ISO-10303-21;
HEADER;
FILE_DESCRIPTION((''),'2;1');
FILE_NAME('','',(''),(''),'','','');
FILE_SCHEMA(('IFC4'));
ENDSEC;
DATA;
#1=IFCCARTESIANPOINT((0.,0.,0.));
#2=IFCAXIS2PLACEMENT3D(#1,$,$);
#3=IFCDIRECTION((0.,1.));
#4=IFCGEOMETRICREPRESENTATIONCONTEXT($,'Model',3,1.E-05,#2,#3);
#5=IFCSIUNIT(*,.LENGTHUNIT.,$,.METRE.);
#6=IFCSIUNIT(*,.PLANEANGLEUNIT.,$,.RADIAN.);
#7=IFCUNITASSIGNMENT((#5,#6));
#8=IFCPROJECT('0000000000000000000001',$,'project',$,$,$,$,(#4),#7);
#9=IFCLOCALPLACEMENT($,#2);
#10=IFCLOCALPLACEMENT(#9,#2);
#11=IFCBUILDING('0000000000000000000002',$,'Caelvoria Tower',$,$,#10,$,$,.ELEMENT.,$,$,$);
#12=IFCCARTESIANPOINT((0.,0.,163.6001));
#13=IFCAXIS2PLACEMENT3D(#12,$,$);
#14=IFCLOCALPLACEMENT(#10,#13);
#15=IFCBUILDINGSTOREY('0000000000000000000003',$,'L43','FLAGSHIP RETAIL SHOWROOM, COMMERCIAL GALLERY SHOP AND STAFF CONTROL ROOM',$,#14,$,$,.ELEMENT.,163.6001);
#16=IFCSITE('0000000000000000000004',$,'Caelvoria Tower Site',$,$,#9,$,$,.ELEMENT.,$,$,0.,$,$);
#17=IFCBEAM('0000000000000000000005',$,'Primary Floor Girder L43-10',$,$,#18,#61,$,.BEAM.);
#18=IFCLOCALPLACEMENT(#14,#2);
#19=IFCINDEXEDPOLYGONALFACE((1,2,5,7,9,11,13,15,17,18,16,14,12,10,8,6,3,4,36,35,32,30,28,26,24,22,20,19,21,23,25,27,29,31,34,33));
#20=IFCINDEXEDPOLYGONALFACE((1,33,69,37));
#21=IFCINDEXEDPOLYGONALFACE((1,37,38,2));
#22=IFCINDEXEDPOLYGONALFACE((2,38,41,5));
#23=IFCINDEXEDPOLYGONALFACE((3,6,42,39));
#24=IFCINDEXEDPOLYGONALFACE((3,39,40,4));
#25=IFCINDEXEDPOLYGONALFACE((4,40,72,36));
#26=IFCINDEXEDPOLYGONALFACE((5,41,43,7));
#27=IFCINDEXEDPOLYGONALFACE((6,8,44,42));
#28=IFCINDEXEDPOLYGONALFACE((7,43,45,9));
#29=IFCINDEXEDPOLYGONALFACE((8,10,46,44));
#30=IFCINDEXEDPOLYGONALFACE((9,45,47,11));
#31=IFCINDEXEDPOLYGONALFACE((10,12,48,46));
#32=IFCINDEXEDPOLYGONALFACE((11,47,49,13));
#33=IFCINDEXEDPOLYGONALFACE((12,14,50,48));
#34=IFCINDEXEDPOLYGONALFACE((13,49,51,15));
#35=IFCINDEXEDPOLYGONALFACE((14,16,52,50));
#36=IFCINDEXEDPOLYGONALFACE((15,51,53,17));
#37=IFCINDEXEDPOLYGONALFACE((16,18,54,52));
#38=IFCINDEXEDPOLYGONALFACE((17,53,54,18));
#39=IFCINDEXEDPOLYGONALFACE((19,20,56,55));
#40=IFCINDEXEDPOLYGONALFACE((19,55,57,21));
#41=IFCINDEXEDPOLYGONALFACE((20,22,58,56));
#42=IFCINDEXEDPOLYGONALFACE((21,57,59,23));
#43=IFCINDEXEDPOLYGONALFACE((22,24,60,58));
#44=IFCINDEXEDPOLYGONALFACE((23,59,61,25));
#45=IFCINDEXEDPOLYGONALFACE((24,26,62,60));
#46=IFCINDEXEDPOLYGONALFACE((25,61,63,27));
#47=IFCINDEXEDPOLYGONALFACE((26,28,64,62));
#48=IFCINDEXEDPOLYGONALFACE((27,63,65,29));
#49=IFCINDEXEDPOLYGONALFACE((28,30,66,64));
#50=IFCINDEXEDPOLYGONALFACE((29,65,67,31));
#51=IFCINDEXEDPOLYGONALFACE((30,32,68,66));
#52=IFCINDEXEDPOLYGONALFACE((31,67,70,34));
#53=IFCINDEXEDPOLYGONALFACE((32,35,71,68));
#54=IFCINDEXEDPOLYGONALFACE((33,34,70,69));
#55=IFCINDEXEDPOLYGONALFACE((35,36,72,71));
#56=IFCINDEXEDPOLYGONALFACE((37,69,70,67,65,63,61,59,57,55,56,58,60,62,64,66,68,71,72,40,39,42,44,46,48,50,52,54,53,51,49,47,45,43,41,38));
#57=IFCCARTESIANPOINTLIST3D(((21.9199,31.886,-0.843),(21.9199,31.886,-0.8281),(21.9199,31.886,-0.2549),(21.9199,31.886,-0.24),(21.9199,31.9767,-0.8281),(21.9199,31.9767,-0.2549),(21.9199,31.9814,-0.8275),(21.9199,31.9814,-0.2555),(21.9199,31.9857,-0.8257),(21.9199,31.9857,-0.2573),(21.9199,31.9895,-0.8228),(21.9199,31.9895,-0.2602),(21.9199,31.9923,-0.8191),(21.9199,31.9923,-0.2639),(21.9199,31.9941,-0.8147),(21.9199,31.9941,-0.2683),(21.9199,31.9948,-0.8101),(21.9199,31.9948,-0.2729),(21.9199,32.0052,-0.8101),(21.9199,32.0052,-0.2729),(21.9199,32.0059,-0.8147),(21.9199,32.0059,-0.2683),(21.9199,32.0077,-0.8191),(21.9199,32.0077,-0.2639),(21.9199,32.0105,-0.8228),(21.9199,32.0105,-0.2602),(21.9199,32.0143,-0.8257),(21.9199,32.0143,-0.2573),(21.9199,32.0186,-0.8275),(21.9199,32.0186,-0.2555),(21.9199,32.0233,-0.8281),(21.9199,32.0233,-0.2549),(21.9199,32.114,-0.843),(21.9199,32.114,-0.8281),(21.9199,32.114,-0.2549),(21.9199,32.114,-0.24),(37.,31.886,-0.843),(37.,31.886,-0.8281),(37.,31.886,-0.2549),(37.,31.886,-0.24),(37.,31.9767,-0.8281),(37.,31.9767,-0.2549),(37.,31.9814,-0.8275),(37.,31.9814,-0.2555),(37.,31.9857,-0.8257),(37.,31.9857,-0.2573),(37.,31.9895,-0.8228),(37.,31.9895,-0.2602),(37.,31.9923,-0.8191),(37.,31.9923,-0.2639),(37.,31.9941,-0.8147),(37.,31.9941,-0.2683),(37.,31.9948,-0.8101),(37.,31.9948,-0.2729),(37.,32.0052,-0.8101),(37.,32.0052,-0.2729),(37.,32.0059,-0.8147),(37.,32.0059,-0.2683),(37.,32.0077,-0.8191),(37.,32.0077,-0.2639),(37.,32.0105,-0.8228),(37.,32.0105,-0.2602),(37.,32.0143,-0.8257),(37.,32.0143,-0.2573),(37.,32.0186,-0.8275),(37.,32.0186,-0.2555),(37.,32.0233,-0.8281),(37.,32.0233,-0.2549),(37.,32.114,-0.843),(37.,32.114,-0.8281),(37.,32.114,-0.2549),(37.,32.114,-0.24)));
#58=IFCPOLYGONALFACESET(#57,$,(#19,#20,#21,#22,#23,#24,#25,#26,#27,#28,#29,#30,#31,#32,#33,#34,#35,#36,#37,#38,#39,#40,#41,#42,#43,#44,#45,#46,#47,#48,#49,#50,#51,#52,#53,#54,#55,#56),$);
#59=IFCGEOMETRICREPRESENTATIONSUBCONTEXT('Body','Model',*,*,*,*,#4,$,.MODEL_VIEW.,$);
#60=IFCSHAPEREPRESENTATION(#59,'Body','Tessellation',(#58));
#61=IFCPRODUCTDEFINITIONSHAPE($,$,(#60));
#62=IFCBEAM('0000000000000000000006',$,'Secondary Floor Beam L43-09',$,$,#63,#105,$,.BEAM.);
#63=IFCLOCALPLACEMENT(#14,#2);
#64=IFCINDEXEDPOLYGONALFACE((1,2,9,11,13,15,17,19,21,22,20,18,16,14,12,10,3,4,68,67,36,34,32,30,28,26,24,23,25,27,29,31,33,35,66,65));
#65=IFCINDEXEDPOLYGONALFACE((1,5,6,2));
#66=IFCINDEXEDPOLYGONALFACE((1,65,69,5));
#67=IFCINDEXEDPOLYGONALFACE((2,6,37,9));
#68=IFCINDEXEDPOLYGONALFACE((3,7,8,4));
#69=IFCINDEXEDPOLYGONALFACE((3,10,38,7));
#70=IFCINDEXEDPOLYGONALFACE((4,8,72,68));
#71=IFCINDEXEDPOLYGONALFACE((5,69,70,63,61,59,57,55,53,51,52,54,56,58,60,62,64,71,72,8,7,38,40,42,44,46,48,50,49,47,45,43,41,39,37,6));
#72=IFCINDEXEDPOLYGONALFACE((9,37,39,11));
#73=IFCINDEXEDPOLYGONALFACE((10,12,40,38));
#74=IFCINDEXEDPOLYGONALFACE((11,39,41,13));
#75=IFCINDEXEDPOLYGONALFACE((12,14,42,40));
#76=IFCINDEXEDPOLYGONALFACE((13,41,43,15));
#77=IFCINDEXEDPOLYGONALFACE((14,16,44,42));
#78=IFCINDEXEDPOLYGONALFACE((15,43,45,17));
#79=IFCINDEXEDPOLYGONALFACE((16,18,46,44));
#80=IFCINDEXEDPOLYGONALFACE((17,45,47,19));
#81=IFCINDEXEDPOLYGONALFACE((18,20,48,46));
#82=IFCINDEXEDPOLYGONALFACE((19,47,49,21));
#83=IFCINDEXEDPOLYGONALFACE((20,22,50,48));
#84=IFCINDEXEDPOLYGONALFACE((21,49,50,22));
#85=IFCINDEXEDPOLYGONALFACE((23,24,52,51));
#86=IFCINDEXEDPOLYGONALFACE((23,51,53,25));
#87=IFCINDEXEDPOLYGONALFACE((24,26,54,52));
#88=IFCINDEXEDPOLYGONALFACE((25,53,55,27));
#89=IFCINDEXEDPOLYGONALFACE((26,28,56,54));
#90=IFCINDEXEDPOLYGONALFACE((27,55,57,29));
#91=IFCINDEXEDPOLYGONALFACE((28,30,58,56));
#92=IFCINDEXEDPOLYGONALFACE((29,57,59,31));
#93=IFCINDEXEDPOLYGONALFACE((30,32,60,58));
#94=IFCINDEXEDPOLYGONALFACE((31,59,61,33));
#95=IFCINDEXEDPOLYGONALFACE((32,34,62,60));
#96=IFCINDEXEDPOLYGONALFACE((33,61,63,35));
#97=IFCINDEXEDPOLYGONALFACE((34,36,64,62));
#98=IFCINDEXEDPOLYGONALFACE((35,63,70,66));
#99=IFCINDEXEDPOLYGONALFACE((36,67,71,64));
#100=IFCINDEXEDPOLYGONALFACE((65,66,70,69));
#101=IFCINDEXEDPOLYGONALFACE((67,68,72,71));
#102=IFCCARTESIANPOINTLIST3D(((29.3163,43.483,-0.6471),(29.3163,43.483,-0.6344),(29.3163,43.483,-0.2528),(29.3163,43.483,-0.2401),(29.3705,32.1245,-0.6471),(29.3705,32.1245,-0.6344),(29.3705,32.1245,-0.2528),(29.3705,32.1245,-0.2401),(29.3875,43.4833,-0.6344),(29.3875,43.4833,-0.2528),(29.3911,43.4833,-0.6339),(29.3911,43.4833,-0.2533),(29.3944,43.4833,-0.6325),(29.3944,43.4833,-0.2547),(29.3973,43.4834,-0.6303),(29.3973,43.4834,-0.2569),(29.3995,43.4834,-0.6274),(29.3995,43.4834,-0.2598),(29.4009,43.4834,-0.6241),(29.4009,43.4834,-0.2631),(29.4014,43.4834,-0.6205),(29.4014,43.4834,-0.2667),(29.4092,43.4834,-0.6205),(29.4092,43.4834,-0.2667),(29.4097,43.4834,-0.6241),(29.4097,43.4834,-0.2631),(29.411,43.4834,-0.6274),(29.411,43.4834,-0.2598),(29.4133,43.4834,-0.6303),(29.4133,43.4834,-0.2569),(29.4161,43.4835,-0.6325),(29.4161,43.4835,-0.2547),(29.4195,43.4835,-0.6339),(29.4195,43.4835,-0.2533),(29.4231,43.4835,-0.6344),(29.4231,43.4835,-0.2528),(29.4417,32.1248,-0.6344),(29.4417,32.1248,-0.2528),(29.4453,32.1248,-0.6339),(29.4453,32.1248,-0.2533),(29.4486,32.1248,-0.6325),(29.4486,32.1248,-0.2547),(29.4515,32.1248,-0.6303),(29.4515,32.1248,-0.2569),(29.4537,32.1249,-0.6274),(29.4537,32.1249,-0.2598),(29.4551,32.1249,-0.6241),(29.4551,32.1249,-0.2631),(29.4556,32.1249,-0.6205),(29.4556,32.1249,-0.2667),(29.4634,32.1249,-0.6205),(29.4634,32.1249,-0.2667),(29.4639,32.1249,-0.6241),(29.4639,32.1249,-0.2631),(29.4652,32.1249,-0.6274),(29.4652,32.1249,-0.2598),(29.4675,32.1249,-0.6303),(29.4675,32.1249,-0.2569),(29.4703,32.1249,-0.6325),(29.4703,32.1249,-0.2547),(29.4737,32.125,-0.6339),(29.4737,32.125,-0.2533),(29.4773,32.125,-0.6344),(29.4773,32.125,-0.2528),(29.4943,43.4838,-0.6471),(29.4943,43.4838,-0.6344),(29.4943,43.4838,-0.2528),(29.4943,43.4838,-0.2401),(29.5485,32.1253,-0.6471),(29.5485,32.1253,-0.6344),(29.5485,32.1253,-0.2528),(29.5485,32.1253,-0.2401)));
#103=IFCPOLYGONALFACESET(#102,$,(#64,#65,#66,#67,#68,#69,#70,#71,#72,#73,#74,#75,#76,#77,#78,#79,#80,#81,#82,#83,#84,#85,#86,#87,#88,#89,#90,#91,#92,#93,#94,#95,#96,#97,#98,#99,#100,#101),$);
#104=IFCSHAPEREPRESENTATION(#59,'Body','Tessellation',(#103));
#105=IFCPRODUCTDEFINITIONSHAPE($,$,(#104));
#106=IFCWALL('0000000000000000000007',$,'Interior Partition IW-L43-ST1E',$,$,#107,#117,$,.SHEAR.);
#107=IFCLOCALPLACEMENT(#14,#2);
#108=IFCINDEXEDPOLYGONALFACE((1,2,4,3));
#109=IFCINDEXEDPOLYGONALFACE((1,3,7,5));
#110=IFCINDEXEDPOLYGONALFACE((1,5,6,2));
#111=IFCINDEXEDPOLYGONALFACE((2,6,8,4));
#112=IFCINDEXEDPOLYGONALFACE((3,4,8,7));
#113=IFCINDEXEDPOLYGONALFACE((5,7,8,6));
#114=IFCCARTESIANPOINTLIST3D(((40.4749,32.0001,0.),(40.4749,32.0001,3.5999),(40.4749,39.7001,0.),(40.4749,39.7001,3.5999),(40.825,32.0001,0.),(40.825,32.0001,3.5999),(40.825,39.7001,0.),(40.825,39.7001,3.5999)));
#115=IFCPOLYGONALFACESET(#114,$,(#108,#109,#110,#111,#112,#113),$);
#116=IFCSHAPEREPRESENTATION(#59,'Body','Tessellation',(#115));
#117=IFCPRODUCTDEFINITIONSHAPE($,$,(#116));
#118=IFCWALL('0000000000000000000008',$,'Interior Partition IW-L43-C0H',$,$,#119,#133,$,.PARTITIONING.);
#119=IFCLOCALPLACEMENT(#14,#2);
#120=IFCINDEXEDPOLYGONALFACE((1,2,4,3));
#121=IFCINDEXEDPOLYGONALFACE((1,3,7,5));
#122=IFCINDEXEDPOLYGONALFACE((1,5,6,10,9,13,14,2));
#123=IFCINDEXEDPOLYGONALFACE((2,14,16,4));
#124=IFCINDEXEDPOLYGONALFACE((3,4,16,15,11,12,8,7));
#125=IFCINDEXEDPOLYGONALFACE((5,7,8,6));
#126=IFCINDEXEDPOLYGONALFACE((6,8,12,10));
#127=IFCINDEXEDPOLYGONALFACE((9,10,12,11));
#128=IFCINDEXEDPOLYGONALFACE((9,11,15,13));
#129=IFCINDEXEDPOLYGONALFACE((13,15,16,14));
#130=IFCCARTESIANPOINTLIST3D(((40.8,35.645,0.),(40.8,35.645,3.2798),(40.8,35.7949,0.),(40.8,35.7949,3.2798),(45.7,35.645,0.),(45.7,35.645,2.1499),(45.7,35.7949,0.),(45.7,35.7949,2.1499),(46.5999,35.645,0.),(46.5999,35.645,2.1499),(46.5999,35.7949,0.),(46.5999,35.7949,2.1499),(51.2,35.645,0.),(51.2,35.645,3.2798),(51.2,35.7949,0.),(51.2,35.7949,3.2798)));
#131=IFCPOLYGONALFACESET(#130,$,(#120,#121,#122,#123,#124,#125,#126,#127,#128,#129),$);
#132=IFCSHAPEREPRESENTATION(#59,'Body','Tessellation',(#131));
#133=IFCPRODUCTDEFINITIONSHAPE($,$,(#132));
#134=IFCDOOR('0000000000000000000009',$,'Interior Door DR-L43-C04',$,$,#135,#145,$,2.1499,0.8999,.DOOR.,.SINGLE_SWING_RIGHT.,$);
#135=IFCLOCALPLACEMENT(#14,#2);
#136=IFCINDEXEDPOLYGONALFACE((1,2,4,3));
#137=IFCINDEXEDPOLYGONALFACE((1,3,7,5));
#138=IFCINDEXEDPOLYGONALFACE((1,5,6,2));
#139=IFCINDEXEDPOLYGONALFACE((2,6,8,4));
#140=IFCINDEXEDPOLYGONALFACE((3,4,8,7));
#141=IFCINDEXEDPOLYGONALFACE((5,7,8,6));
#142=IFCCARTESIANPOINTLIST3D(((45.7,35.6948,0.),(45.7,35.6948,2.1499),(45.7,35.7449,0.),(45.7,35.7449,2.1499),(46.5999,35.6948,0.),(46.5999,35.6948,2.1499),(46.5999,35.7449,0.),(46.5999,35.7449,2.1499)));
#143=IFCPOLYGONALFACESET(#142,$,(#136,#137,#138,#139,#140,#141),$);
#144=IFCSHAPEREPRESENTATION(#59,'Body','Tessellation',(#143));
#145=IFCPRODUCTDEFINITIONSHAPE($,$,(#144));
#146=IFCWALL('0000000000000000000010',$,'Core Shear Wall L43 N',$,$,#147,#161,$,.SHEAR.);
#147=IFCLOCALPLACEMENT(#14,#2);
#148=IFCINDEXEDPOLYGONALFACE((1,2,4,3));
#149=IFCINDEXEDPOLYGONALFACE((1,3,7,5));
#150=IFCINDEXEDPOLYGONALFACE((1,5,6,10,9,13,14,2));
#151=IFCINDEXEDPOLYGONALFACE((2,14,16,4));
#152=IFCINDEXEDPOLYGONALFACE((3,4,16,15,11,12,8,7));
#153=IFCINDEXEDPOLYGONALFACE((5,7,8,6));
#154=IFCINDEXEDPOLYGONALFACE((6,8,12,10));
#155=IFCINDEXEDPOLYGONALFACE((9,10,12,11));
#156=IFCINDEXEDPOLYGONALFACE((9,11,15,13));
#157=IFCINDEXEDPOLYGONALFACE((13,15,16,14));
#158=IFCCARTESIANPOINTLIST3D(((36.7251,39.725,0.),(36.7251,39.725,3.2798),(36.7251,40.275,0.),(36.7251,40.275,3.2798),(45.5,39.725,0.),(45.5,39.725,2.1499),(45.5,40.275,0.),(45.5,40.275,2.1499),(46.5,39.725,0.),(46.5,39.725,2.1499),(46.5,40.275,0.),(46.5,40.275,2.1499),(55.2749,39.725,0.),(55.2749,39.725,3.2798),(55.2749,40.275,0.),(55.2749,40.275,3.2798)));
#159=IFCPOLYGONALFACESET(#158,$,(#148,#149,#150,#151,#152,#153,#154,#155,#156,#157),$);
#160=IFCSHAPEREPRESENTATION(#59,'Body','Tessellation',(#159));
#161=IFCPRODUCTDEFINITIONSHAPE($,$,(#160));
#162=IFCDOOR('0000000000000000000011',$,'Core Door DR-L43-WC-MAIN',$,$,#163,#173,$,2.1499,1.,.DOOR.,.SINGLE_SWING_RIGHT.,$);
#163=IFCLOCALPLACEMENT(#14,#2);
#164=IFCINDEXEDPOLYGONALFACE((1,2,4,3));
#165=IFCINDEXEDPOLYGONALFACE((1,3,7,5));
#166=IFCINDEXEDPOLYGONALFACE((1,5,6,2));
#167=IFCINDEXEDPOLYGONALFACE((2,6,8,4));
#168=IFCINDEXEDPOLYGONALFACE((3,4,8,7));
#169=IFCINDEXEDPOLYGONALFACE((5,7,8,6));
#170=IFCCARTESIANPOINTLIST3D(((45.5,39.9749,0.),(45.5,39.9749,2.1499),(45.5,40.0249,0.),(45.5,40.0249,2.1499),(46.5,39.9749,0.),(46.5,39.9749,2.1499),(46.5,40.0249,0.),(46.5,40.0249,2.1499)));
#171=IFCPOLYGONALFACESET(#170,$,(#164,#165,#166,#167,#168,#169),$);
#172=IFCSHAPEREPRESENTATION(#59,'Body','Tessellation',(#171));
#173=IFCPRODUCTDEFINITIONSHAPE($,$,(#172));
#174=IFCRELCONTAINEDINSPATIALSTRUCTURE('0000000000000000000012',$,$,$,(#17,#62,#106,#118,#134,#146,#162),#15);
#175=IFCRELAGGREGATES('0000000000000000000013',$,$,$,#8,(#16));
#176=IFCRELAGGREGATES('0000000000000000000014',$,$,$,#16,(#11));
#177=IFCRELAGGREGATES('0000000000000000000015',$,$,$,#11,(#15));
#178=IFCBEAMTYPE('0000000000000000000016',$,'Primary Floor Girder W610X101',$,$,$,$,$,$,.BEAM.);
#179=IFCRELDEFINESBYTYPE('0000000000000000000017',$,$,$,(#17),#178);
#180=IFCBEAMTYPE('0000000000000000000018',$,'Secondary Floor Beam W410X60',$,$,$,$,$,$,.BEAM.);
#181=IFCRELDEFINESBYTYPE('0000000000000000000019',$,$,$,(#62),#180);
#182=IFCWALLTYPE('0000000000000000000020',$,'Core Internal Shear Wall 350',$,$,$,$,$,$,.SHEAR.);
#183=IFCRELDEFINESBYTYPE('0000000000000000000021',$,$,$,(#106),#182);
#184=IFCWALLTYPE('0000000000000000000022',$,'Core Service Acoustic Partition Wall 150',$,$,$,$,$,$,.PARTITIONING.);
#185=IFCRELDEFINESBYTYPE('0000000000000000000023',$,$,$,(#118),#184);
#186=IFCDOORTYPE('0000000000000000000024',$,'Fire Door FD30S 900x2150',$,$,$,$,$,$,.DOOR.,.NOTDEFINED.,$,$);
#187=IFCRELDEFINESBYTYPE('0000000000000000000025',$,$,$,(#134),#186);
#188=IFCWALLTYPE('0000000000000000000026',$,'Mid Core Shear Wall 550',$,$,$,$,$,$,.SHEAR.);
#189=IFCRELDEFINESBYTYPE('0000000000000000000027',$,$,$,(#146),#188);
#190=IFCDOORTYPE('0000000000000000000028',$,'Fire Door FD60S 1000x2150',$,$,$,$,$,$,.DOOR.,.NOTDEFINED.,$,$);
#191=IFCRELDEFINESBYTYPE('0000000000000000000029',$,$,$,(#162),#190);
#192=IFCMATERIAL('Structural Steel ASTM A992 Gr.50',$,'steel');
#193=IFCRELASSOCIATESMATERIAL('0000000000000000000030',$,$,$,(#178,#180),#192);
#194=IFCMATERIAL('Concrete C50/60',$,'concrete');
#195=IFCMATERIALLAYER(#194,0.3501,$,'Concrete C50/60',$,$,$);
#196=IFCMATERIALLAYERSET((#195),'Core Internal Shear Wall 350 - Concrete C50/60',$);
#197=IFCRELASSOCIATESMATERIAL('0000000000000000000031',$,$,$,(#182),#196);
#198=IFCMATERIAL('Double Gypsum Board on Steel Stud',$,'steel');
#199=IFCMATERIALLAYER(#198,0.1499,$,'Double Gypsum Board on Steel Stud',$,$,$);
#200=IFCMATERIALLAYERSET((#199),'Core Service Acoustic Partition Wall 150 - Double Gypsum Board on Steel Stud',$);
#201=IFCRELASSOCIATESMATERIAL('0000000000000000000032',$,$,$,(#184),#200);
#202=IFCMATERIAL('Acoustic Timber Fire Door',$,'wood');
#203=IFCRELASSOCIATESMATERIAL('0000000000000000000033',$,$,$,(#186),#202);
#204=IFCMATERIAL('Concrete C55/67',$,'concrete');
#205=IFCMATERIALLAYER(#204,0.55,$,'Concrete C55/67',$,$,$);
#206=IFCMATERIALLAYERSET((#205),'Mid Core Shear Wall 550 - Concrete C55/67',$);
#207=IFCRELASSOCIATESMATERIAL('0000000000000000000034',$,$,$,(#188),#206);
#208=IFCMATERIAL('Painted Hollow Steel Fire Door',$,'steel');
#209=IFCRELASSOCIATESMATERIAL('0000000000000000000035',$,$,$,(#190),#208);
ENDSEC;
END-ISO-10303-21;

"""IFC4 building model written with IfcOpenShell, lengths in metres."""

from ifc_helpers import new_model, si_unit, direction, frame, frame_2d, origin, origin_2d, place, context, subcontext, project, spatial, rectangle, i_section, extrude, material, layer, layer_set, material_profile, profile_set, type_object, element, fill, save


model = new_model("IFC4")

# Units and contexts
model_context = context("Model", 3, precision=1e-05, world=origin(), true_north=direction((0.0, 1.0)))
body_context = subcontext(model_context, "Body", "Model", "MODEL_VIEW")
ifc_project = project(units=[si_unit("LENGTHUNIT", "METRE"), si_unit("PLANEANGLEUNIT", "RADIAN")], contexts=[model_context])

# Site, building, storey
site_placement = place(None, origin())
site = spatial("IfcSite", under=ifc_project, at=site_placement, Name="Caelvoria Tower Site", CompositionType="ELEMENT", RefElevation=0.0)
building_placement = place(site_placement, origin())
building = spatial("IfcBuilding", under=site, at=building_placement, Name="Caelvoria Tower", CompositionType="ELEMENT")
storey_placement = place(building_placement, frame((0.0, 0.0, 163.6001)))
storey = spatial("IfcBuildingStorey", under=building, at=storey_placement, Name="L43", Description="FLAGSHIP RETAIL SHOWROOM, COMMERCIAL GALLERY SHOP AND STAFF CONTROL ROOM", CompositionType="ELEMENT", Elevation=163.6001)

# Beams
ifc_material_1 = material(Name="Structural Steel ASTM A992 Gr.50", Category="steel")
ifc_material_profile_1 = material_profile(ifc_material_1, i_section(OverallWidth=0.228, OverallDepth=0.603, WebThickness=0.0105, FlangeThickness=0.0149, FilletRadius=0.0181, at=origin_2d()), Name="Structural Steel ASTM A992 Gr.50")
ifc_profile_set_1 = profile_set([ifc_material_profile_1], Name="W610X101 - Structural Steel ASTM A992 Gr.50")
beam_type_1 = type_object("IfcBeamType", Name="Primary Floor Girder W610X101", PredefinedType="BEAM", material=ifc_profile_set_1)
beam_1_placement = place(storey_placement, frame((37.0, 32.0, -0.5415), z_axis=(-1.0, 0.0, 0.0), x_axis=(0.0, -1.0, 0.0)))
element("IfcBeam", 1, at=beam_1_placement, inside=storey, type_object=beam_type_1, Name="Primary Floor Girder L43-10", PredefinedType="BEAM", context=body_context, shape_type="SweptSolid", body=[
    extrude(i_section(OverallWidth=0.228, OverallDepth=0.603, WebThickness=0.0105, FlangeThickness=0.0149, FilletRadius=0.0181, at=origin_2d()), origin(), (0.0, 0.0, 1.0), 15.0801),
])
ifc_material_profile_2 = material_profile(ifc_material_1, i_section(OverallWidth=0.178, OverallDepth=0.407, WebThickness=0.0078, FlangeThickness=0.0127, FilletRadius=0.0139, at=origin_2d()), Name="Structural Steel ASTM A992 Gr.50")
ifc_profile_set_2 = profile_set([ifc_material_profile_2], Name="W410X60 - Structural Steel ASTM A992 Gr.50")
beam_type_2 = type_object("IfcBeamType", Name="Secondary Floor Beam W410X60", PredefinedType="BEAM", material=ifc_profile_set_2)
beam_2_placement = place(storey_placement, frame((29.4053, 43.4834, -0.4436), z_axis=(0.004772, -0.999989, 0.0), x_axis=(0.999989, 0.004772, 0.0)))
element("IfcBeam", 2, at=beam_2_placement, inside=storey, type_object=beam_type_2, Name="Secondary Floor Beam L43-09", PredefinedType="BEAM", context=body_context, shape_type="SweptSolid", body=[
    extrude(i_section(OverallWidth=0.178, OverallDepth=0.407, WebThickness=0.0078, FlangeThickness=0.0127, FilletRadius=0.0139, at=origin_2d()), origin(), (0.0, 0.0, 1.0), 11.3586),
])

# Wall
ifc_material_2 = material(Name="Concrete C50/60", Category="concrete")
ifc_layer_1 = layer(ifc_material_2, 0.3501, Name="Concrete C50/60")
ifc_layer_set_1 = layer_set([ifc_layer_1], Name="Core Internal Shear Wall 350 - Concrete C50/60")
wall_type_1 = type_object("IfcWallType", Name="Core Internal Shear Wall 350", PredefinedType="SHEAR", material=ifc_layer_set_1)
wall_1_placement = place(storey_placement, frame((40.6499, 32.0, 0.0), z_axis=(0.0, 0.0, 1.0), x_axis=(0.0, 1.0, 0.0)))
element("IfcWall", 3, at=wall_1_placement, inside=storey, type_object=wall_type_1, Name="Interior Partition IW-L43-ST1E", PredefinedType="SHEAR", context=body_context, shape_type="SweptSolid", body=[
    extrude(rectangle(XDim=7.7, YDim=0.3501, at=frame_2d((3.8501, 0.0))), origin(), (0.0, 0.0, 1.0), 3.5999),
])

# Walls, openings, doors
ifc_material_3 = material(Name="Double Gypsum Board on Steel Stud", Category="steel")
ifc_layer_2 = layer(ifc_material_3, 0.1499, Name="Double Gypsum Board on Steel Stud")
ifc_layer_set_2 = layer_set([ifc_layer_2], Name="Core Service Acoustic Partition Wall 150 - Double Gypsum Board on Steel Stud")
wall_type_2 = type_object("IfcWallType", Name="Core Service Acoustic Partition Wall 150", PredefinedType="PARTITIONING", material=ifc_layer_set_2)
wall_2_placement = place(storey_placement, frame((40.8, 35.72, 0.0), z_axis=(0.0, 0.0, 1.0), x_axis=(1.0, 0.0, 0.0)))
wall_2 = element("IfcWall", 4, at=wall_2_placement, inside=storey, type_object=wall_type_2, Name="Interior Partition IW-L43-C0H", PredefinedType="PARTITIONING", context=body_context, shape_type="SweptSolid", body=[
    extrude(rectangle(XDim=10.3999, YDim=0.1499, at=frame_2d((5.2, 0.0))), origin(), (0.0, 0.0, 1.0), 3.2798),
])
opening_1_placement = place(wall_2_placement, frame((4.8999, 0.0, 0.0)))
opening_1 = element("IfcOpeningElement", 5, at=opening_1_placement, cuts=wall_2, PredefinedType="OPENING", context=body_context, shape_type="SweptSolid", body=[
    extrude(rectangle(XDim=0.8999, YDim=2.1499, at=frame_2d((0.45, 1.075))), frame((0.0, 0.085, 0.0), z_axis=(0.0, -1.0, 0.0), x_axis=(1.0, 0.0, 0.0)), (0.0, 0.0, 1.0), 0.1699),
])
ifc_material_4 = material(Name="Acoustic Timber Fire Door", Category="wood")
door_type_1 = type_object("IfcDoorType", Name="Fire Door FD30S 900x2150", OperationType="NOTDEFINED", PredefinedType="DOOR", material=ifc_material_4)
door_1_placement = place(opening_1_placement, origin())
door_1 = element("IfcDoor", 6, at=door_1_placement, inside=storey, type_object=door_type_1, Name="Interior Door DR-L43-C04", OperationType="SINGLE_SWING_RIGHT", OverallHeight=2.1499, OverallWidth=0.8999, PredefinedType="DOOR", context=body_context, shape_type="SweptSolid", body=[
    extrude(rectangle(XDim=0.8999, YDim=2.1499, at=frame_2d((0.45, 1.075))), frame((0.0, 0.0249, 0.0), z_axis=(0.0, -1.0, 0.0), x_axis=(1.0, 0.0, 0.0)), (0.0, 0.0, 1.0), 0.05),
])
fill(opening_1, door_1)
ifc_material_5 = material(Name="Concrete C55/67", Category="concrete")
ifc_layer_3 = layer(ifc_material_5, 0.55, Name="Concrete C55/67")
ifc_layer_set_3 = layer_set([ifc_layer_3], Name="Mid Core Shear Wall 550 - Concrete C55/67")
wall_type_3 = type_object("IfcWallType", Name="Mid Core Shear Wall 550", PredefinedType="SHEAR", material=ifc_layer_set_3)
wall_3_placement = place(storey_placement, frame((36.7251, 40.0, 0.0), z_axis=(0.0, 0.0, 1.0), x_axis=(1.0, 0.0, 0.0)))
wall_3 = element("IfcWall", 7, at=wall_3_placement, inside=storey, type_object=wall_type_3, Name="Core Shear Wall L43 N", PredefinedType="SHEAR", context=body_context, shape_type="SweptSolid", body=[
    extrude(rectangle(XDim=18.5498, YDim=0.55, at=frame_2d((9.2749, 0.0))), origin(), (0.0, 0.0, 1.0), 3.2798),
])
opening_2_placement = place(wall_3_placement, frame((8.7749, 0.0, 0.0)))
opening_2 = element("IfcOpeningElement", 8, at=opening_2_placement, cuts=wall_3, PredefinedType="OPENING", context=body_context, shape_type="SweptSolid", body=[
    extrude(rectangle(XDim=1.0, YDim=2.1499, at=frame_2d((0.5, 1.075))), frame((0.0, 0.2849, 0.0), z_axis=(0.0, -1.0, 0.0), x_axis=(1.0, 0.0, 0.0)), (0.0, 0.0, 1.0), 0.5701),
])
ifc_material_6 = material(Name="Painted Hollow Steel Fire Door", Category="steel")
door_type_2 = type_object("IfcDoorType", Name="Fire Door FD60S 1000x2150", OperationType="NOTDEFINED", PredefinedType="DOOR", material=ifc_material_6)
door_2_placement = place(opening_2_placement, origin())
door_2 = element("IfcDoor", 9, at=door_2_placement, inside=storey, type_object=door_type_2, Name="Core Door DR-L43-WC-MAIN", OperationType="SINGLE_SWING_RIGHT", OverallHeight=2.1499, OverallWidth=1.0, PredefinedType="DOOR", context=body_context, shape_type="SweptSolid", body=[
    extrude(rectangle(XDim=1.0, YDim=2.1499, at=frame_2d((0.5, 1.075))), frame((0.0, 0.0249, 0.0), z_axis=(0.0, -1.0, 0.0), x_axis=(1.0, 0.0, 0.0)), (0.0, 0.0, 1.0), 0.05),
])
fill(opening_2, door_2)

save(model, "model.ifc")
